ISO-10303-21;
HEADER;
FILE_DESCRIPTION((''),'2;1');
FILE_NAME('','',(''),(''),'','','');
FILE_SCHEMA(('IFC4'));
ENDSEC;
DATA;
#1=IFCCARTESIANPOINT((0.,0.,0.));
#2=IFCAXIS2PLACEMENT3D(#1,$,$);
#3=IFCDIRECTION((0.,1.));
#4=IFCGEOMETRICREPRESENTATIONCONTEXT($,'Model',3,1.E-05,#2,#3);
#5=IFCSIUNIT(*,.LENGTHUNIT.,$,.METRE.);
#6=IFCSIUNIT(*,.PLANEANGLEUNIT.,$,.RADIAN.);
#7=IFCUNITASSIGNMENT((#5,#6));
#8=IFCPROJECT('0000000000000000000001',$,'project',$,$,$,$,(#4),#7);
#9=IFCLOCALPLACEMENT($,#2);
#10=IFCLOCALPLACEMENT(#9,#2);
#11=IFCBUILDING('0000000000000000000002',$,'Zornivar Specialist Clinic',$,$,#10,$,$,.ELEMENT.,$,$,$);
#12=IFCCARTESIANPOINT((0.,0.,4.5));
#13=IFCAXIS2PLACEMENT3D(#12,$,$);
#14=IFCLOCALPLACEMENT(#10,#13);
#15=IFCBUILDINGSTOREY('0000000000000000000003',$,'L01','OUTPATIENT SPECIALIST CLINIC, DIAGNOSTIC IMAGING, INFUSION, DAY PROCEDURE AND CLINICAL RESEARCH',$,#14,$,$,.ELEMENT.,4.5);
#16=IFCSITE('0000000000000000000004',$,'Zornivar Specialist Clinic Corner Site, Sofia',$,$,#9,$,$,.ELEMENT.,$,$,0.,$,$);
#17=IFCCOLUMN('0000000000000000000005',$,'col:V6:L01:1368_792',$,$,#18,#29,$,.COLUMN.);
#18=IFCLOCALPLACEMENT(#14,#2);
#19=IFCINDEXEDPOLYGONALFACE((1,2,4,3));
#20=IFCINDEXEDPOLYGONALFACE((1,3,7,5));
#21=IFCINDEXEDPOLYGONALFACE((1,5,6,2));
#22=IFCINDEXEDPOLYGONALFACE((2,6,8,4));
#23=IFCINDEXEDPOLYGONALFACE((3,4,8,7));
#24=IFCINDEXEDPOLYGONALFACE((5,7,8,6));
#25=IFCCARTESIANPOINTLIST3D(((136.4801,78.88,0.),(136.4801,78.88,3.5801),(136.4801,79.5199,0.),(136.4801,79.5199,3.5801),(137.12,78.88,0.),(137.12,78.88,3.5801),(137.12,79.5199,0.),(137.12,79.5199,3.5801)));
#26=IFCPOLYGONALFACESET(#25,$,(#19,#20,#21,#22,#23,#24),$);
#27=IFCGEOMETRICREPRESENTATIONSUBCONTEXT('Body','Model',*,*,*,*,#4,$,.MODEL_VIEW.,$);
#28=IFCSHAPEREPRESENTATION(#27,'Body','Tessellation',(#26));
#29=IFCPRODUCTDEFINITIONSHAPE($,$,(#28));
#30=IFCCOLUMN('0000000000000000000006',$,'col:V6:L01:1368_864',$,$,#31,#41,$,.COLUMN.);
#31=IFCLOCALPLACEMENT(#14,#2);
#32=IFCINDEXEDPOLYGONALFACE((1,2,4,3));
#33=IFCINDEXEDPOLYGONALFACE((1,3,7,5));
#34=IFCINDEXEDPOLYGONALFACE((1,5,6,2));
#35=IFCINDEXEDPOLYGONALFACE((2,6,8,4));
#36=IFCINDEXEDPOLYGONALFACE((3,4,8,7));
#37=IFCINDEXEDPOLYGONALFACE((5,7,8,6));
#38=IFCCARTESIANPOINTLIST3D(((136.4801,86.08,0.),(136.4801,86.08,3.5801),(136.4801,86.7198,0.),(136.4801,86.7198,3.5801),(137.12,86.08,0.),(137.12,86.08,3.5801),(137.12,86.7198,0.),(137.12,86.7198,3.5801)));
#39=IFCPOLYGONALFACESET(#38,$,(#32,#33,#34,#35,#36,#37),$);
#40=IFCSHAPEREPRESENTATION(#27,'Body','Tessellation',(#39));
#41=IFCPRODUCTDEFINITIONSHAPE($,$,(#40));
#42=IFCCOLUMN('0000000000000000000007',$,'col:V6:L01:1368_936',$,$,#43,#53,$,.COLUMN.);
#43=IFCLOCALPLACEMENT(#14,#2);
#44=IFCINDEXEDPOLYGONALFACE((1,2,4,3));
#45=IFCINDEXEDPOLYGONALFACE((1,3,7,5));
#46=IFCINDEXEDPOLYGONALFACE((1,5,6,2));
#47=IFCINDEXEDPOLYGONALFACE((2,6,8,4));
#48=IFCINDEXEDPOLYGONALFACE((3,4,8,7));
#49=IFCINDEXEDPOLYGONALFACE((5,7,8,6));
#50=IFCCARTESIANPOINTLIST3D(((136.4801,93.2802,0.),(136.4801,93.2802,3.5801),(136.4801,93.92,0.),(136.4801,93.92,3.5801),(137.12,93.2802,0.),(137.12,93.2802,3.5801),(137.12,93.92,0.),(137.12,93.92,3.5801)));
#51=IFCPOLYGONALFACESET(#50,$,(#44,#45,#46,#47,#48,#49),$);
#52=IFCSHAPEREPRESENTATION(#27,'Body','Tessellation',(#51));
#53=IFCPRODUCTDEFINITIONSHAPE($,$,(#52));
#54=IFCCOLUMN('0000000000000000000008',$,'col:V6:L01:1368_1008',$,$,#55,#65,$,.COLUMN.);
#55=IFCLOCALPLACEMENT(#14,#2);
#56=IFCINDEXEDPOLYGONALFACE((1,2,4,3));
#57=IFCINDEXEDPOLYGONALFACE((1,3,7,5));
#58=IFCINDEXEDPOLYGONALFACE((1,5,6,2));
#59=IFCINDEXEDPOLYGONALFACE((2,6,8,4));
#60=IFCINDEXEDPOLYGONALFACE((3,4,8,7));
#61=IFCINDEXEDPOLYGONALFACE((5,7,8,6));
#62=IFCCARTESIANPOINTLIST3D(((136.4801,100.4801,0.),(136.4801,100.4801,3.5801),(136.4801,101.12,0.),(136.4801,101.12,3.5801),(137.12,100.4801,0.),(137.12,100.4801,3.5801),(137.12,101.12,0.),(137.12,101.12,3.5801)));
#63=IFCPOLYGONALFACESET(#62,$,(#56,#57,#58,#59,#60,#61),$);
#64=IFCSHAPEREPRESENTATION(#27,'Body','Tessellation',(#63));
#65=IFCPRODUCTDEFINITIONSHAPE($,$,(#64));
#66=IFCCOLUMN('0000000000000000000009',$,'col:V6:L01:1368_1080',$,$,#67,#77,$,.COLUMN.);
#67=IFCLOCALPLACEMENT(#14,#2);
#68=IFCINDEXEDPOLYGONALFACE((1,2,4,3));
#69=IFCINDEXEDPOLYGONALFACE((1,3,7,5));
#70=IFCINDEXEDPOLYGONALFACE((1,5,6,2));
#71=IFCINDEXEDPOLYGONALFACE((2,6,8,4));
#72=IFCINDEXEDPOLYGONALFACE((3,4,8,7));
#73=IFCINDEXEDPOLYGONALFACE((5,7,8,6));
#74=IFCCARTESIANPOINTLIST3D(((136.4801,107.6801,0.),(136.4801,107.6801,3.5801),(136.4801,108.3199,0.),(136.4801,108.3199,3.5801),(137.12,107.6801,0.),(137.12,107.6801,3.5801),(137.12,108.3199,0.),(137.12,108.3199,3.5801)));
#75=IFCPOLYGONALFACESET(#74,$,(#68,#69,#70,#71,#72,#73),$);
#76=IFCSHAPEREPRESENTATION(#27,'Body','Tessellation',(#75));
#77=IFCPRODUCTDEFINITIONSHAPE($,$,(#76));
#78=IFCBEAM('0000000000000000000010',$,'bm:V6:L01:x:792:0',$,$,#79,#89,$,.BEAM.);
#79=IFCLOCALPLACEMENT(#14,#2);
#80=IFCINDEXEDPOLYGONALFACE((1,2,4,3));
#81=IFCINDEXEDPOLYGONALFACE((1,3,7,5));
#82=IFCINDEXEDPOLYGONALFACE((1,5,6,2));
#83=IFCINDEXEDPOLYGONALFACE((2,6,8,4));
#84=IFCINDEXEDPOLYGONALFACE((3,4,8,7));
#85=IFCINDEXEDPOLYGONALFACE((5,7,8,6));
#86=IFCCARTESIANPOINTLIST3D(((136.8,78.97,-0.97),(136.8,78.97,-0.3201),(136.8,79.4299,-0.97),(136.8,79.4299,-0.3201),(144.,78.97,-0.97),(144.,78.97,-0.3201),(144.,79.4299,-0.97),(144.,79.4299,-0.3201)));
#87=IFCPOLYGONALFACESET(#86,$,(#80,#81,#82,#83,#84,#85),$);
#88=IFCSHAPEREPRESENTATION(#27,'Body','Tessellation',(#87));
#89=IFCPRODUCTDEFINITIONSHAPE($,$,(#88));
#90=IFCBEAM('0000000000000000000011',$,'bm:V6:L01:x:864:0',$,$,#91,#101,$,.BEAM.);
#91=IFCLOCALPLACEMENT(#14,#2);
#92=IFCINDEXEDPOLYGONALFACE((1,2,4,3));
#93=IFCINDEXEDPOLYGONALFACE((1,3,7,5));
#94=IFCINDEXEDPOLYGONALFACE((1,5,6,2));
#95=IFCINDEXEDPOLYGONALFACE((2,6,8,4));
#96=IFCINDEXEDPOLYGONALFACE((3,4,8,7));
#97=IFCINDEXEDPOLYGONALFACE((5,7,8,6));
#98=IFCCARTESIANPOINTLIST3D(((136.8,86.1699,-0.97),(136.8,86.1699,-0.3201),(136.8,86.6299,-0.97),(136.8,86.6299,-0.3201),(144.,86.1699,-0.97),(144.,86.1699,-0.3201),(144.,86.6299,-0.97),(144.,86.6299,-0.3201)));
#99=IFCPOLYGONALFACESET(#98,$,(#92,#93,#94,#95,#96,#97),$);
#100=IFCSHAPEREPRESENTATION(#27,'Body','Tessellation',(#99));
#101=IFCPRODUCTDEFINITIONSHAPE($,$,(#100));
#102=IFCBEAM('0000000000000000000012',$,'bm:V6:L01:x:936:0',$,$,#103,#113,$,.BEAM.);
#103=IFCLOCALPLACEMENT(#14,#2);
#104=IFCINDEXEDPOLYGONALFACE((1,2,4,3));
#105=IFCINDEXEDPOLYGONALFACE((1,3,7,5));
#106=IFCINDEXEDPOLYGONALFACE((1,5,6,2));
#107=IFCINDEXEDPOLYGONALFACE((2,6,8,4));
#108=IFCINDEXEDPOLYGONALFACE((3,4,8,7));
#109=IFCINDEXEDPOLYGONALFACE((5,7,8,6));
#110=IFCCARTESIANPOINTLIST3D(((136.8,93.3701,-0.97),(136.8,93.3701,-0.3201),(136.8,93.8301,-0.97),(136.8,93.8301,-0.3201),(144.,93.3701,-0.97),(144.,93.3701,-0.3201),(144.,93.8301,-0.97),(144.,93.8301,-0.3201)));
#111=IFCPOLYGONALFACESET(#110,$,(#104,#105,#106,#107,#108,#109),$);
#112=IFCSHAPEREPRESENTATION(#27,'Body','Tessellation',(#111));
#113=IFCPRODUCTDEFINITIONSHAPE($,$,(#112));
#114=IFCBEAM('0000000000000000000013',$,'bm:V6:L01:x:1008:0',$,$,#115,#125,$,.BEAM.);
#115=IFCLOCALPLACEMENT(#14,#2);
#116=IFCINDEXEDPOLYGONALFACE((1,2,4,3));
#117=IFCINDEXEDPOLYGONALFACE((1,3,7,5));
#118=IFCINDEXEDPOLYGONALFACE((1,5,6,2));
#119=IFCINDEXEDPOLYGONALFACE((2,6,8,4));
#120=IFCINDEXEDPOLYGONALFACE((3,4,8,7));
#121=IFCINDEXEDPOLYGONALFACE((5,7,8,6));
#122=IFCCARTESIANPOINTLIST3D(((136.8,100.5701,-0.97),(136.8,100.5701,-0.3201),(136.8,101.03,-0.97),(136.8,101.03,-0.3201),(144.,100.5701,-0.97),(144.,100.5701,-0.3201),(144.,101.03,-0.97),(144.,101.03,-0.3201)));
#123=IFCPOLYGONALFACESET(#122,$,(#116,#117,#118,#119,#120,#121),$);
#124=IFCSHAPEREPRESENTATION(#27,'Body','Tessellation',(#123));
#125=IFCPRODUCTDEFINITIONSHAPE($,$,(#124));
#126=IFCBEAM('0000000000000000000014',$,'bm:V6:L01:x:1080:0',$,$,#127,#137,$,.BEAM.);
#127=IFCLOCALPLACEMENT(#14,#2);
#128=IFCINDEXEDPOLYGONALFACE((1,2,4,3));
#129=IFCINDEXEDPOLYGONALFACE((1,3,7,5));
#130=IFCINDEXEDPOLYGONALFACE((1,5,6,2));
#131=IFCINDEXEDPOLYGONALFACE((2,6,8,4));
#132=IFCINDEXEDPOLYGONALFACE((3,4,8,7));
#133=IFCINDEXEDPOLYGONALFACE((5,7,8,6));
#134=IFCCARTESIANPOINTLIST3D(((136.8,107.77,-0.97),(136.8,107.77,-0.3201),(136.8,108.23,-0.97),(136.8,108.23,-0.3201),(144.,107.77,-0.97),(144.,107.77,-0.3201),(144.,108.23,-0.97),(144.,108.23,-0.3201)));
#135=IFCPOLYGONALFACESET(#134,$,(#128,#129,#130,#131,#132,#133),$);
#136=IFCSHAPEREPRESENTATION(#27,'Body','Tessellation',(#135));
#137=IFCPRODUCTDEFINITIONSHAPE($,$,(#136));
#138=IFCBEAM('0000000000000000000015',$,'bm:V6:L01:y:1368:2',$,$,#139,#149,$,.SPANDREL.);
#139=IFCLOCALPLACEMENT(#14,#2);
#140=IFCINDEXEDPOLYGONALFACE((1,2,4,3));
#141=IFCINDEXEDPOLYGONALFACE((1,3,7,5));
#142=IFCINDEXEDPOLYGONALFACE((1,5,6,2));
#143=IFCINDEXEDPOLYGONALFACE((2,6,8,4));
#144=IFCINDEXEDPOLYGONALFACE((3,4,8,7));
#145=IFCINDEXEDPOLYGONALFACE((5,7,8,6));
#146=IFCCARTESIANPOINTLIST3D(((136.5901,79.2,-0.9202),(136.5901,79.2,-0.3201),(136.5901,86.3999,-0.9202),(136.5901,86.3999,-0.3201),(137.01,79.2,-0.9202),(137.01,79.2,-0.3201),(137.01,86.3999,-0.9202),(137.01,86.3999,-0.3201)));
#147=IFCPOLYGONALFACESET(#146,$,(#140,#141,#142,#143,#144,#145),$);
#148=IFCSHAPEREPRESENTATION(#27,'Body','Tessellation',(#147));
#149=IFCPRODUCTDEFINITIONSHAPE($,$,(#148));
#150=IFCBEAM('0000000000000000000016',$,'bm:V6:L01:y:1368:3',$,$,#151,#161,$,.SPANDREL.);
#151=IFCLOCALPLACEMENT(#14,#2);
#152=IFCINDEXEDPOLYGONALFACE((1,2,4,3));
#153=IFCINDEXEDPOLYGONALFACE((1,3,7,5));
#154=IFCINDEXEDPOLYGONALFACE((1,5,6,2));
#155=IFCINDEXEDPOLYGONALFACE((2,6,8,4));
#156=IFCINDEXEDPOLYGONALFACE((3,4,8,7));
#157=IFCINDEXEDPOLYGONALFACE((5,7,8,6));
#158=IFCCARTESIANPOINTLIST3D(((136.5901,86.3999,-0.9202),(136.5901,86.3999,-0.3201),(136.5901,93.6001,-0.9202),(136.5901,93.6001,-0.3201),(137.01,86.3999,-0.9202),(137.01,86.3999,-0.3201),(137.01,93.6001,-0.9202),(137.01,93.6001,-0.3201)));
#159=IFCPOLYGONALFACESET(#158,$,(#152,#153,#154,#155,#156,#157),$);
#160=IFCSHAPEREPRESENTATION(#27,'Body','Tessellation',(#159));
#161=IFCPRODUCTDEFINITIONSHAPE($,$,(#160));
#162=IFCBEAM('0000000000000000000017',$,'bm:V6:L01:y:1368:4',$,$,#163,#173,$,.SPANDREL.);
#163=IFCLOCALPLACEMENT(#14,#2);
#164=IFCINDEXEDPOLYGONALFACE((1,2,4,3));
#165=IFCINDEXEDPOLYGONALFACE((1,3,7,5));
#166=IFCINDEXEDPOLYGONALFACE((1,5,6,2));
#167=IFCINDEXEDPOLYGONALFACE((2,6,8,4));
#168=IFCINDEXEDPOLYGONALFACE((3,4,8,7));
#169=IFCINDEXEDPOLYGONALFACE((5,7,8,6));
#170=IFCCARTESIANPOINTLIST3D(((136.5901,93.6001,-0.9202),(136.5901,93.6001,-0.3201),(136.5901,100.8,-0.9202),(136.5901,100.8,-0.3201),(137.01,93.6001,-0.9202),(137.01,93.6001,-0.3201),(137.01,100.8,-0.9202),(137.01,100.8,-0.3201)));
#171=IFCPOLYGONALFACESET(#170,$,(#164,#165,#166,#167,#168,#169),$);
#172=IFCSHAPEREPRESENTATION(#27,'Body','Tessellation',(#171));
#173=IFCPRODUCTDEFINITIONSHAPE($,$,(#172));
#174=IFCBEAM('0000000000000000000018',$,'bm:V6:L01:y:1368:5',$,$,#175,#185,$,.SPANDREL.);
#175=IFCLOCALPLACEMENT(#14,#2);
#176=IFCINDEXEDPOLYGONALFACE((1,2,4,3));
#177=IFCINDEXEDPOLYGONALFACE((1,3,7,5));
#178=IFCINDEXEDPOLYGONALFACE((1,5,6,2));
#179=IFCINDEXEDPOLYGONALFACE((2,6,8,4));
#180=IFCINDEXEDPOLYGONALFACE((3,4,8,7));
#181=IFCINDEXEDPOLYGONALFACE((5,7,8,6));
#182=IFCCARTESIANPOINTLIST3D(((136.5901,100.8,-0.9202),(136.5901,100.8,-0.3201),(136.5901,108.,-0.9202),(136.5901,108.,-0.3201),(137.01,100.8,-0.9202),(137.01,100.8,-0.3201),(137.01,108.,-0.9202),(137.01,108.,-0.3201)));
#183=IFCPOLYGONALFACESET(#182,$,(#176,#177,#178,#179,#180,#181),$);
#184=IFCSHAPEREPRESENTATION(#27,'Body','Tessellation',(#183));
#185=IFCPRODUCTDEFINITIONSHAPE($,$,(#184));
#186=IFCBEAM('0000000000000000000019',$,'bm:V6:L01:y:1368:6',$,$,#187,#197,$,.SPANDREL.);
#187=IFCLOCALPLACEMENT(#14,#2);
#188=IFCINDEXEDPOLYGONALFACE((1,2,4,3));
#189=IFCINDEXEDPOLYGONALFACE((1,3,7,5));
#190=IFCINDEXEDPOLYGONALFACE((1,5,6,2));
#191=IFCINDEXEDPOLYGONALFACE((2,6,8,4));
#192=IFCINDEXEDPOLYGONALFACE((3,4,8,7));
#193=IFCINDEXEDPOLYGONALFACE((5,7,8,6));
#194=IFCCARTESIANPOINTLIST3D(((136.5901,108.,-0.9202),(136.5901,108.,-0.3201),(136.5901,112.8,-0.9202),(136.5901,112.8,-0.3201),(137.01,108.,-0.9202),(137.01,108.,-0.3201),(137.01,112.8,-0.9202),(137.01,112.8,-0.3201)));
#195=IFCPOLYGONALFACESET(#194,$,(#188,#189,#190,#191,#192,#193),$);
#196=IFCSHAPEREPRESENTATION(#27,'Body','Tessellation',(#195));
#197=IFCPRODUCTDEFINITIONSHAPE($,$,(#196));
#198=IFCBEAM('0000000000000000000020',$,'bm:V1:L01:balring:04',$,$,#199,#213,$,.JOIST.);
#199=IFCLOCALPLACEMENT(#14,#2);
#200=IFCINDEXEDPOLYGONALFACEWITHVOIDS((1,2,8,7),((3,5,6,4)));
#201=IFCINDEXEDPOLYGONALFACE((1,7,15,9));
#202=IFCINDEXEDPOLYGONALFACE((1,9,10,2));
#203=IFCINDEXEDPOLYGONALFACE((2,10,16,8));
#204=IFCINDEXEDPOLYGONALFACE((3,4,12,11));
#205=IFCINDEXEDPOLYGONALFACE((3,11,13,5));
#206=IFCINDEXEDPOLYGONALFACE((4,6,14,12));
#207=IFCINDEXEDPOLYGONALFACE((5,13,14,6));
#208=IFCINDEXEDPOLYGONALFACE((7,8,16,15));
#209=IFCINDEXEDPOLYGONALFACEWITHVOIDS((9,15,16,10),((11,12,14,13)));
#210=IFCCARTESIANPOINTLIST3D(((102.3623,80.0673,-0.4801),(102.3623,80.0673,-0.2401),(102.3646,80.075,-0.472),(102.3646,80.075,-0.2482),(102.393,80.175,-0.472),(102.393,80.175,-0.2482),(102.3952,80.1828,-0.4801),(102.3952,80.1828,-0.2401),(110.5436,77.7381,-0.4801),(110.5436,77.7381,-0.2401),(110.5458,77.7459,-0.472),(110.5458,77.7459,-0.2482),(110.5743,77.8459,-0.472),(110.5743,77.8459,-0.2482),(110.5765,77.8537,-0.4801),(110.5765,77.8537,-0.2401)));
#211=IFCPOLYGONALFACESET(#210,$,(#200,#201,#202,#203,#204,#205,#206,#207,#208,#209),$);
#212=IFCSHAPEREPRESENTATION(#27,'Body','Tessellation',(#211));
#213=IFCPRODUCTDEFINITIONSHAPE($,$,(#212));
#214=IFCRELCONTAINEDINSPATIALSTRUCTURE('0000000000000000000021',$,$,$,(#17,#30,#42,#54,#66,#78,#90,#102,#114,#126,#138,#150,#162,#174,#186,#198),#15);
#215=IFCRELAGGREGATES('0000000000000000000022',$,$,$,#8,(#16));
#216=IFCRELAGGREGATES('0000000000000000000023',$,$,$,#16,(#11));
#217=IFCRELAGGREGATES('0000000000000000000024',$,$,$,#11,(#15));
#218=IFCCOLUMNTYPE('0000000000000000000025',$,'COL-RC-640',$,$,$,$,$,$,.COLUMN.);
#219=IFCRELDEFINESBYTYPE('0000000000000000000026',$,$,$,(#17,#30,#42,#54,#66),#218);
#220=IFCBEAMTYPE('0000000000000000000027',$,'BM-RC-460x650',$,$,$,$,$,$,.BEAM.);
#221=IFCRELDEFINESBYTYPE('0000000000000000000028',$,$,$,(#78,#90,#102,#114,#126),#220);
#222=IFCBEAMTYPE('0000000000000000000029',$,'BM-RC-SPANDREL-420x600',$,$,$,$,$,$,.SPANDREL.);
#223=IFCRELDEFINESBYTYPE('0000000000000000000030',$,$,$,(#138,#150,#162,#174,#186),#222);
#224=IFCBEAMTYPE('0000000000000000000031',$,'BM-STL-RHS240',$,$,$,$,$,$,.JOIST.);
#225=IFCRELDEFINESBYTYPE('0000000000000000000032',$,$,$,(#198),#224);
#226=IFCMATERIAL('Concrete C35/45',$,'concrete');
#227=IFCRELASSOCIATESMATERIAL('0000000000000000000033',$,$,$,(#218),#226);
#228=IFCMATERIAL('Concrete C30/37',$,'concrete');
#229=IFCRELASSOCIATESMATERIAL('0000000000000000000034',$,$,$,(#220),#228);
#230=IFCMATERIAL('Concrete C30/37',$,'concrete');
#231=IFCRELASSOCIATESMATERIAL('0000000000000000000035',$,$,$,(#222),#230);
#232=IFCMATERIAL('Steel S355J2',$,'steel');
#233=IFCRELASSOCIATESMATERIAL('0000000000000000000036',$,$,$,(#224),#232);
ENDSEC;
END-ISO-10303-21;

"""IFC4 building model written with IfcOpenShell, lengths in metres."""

from ifc_helpers import new_model, si_unit, direction, frame, origin, origin_2d, place, context, subcontext, project, spatial, rectangle, hollow_rectangle, extrude, material, material_profile, profile_set, type_object, element, save


model = new_model("IFC4")

# Units and contexts
model_context = context("Model", 3, precision=1e-05, world=origin(), true_north=direction((0.0, 1.0)))
body_context = subcontext(model_context, "Body", "Model", "MODEL_VIEW")
ifc_project = project(units=[si_unit("LENGTHUNIT", "METRE"), si_unit("PLANEANGLEUNIT", "RADIAN")], contexts=[model_context])

# Site, building, storey
site_placement = place(None, origin())
site = spatial("IfcSite", under=ifc_project, at=site_placement, Name="Zornivar Specialist Clinic Corner Site, Sofia", CompositionType="ELEMENT", RefElevation=0.0)
building_placement = place(site_placement, origin())
building = spatial("IfcBuilding", under=site, at=building_placement, Name="Zornivar Specialist Clinic", CompositionType="ELEMENT")
storey_placement = place(building_placement, frame((0.0, 0.0, 4.5)))
storey = spatial("IfcBuildingStorey", under=building, at=storey_placement, Name="L01", Description="OUTPATIENT SPECIALIST CLINIC, DIAGNOSTIC IMAGING, INFUSION, DAY PROCEDURE AND CLINICAL RESEARCH", CompositionType="ELEMENT", Elevation=4.5)

# Columns
ifc_material_1 = material(Name="Concrete C35/45", Category="concrete")
ifc_material_profile_1 = material_profile(ifc_material_1, rectangle(XDim=0.6399, YDim=0.6399, at=origin_2d()), Name="RC 640x640")
ifc_profile_set_1 = profile_set([ifc_material_profile_1], Name="Concrete C35/45")
column_type = type_object("IfcColumnType", Name="COL-RC-640", PredefinedType="COLUMN", material=ifc_profile_set_1)
for number, where, z_axis, x_axis, name in (
    (1, (136.8, 79.2, 0.0), (0.0, 0.0, 1.0), (1.0, 0.0, 0.0), "col:V6:L01:1368_792"),
    (2, (136.8, 86.3999, 0.0), (0.0, 0.0, 1.0), (1.0, 0.0, 0.0), "col:V6:L01:1368_864"),
    (3, (136.8, 93.6001, 0.0), (0.0, 0.0, 1.0), (1.0, 0.0, 0.0), "col:V6:L01:1368_936"),
    (4, (136.8, 100.8, 0.0), (0.0, 0.0, 1.0), (1.0, 0.0, 0.0), "col:V6:L01:1368_1008"),
    (5, (136.8, 108.0, 0.0), (0.0, 0.0, 1.0), (1.0, 0.0, 0.0), "col:V6:L01:1368_1080"),
):
    element("IfcColumn", number, at=place(storey_placement, frame(where, z_axis=z_axis, x_axis=x_axis)), inside=storey, type_object=column_type, Name=name, PredefinedType="COLUMN", context=body_context, shape_type="SweptSolid", body=[
        extrude(rectangle(XDim=0.6399, YDim=0.6399, at=origin_2d()), origin(), (0.0, 0.0, 1.0), 3.5801),
    ])

# Beams
ifc_material_2 = material(Name="Concrete C30/37", Category="concrete")
ifc_material_profile_2 = material_profile(ifc_material_2, rectangle(XDim=0.46, YDim=0.6499, at=origin_2d()), Name="RC 460x650")
ifc_profile_set_2 = profile_set([ifc_material_profile_2], Name="Concrete C30/37")
beam_type_1 = type_object("IfcBeamType", Name="BM-RC-460x650", PredefinedType="BEAM", material=ifc_profile_set_2)
for number, where, z_axis, x_axis, name in (
    (6, (136.8, 79.2, -0.645), (1.0, 0.0, 0.0), (0.0, 1.0, 0.0), "bm:V6:L01:x:792:0"),
    (7, (136.8, 86.3999, -0.645), (1.0, 0.0, 0.0), (0.0, 1.0, 0.0), "bm:V6:L01:x:864:0"),
    (8, (136.8, 93.6001, -0.645), (1.0, 0.0, 0.0), (0.0, 1.0, 0.0), "bm:V6:L01:x:936:0"),
    (9, (136.8, 100.8, -0.645), (1.0, 0.0, 0.0), (0.0, 1.0, 0.0), "bm:V6:L01:x:1008:0"),
    (10, (136.8, 108.0, -0.645), (1.0, 0.0, 0.0), (0.0, 1.0, 0.0), "bm:V6:L01:x:1080:0"),
):
    element("IfcBeam", number, at=place(storey_placement, frame(where, z_axis=z_axis, x_axis=x_axis)), inside=storey, type_object=beam_type_1, Name=name, PredefinedType="BEAM", context=body_context, shape_type="SweptSolid", body=[
        extrude(rectangle(XDim=0.46, YDim=0.6499, at=origin_2d()), origin(), (0.0, 0.0, 1.0), 7.2),
    ])
ifc_material_3 = material(Name="Concrete C30/37", Category="concrete")
ifc_material_profile_3 = material_profile(ifc_material_3, rectangle(XDim=0.4199, YDim=0.6001, at=origin_2d()), Name="RC 420x600")
ifc_profile_set_3 = profile_set([ifc_material_profile_3], Name="Concrete C30/37")
beam_type_2 = type_object("IfcBeamType", Name="BM-RC-SPANDREL-420x600", PredefinedType="SPANDREL", material=ifc_profile_set_3)
beam_1_placement = place(storey_placement, frame((136.8, 79.2, -0.6201), z_axis=(0.0, 1.0, 0.0), x_axis=(-1.0, 0.0, 0.0)))
element("IfcBeam", 11, at=beam_1_placement, inside=storey, type_object=beam_type_2, Name="bm:V6:L01:y:1368:2", PredefinedType="SPANDREL", context=body_context, shape_type="SweptSolid", body=[
    extrude(rectangle(XDim=0.4199, YDim=0.6001, at=origin_2d()), origin(), (0.0, 0.0, 1.0), 7.2),
])
beam_2_placement = place(storey_placement, frame((136.8, 86.3999, -0.6201), z_axis=(0.0, 1.0, 0.0), x_axis=(-1.0, 0.0, 0.0)))
element("IfcBeam", 12, at=beam_2_placement, inside=storey, type_object=beam_type_2, Name="bm:V6:L01:y:1368:3", PredefinedType="SPANDREL", context=body_context, shape_type="SweptSolid", body=[
    extrude(rectangle(XDim=0.4199, YDim=0.6001, at=origin_2d()), origin(), (0.0, 0.0, 1.0), 7.2002),
])
for number, where, z_axis, x_axis, name in (
    (13, (136.8, 93.6001, -0.6201), (0.0, 1.0, 0.0), (-1.0, 0.0, 0.0), "bm:V6:L01:y:1368:4"),
    (14, (136.8, 100.8, -0.6201), (0.0, 1.0, 0.0), (-1.0, 0.0, 0.0), "bm:V6:L01:y:1368:5"),
):
    element("IfcBeam", number, at=place(storey_placement, frame(where, z_axis=z_axis, x_axis=x_axis)), inside=storey, type_object=beam_type_2, Name=name, PredefinedType="SPANDREL", context=body_context, shape_type="SweptSolid", body=[
        extrude(rectangle(XDim=0.4199, YDim=0.6001, at=origin_2d()), origin(), (0.0, 0.0, 1.0), 7.2),
    ])
beam_3_placement = place(storey_placement, frame((136.8, 108.0, -0.6201), z_axis=(0.0, 1.0, 0.0), x_axis=(-1.0, 0.0, 0.0)))
element("IfcBeam", 15, at=beam_3_placement, inside=storey, type_object=beam_type_2, Name="bm:V6:L01:y:1368:6", PredefinedType="SPANDREL", context=body_context, shape_type="SweptSolid", body=[
    extrude(rectangle(XDim=0.4199, YDim=0.6001, at=origin_2d()), origin(), (0.0, 0.0, 1.0), 4.8),
])
ifc_material_4 = material(Name="Steel S355J2", Category="steel")
ifc_material_profile_4 = material_profile(ifc_material_4, hollow_rectangle(XDim=0.1201, YDim=0.24, WallThickness=0.0081, at=origin_2d()), Name="RHS 240x120x8")
ifc_profile_set_4 = profile_set([ifc_material_profile_4], Name="Steel S355J2")
beam_type_3 = type_object("IfcBeamType", Name="BM-STL-RHS240", PredefinedType="JOIST", material=ifc_profile_set_4)
beam_4_placement = place(storey_placement, frame((110.5601, 77.7959, -0.3601), z_axis=(-0.961783, 0.273811, 0.0), x_axis=(-0.273811, -0.961783, 0.0)))
element("IfcBeam", 16, at=beam_4_placement, inside=storey, type_object=beam_type_3, Name="bm:V1:L01:balring:04", PredefinedType="JOIST", context=body_context, shape_type="SweptSolid", body=[
    extrude(hollow_rectangle(XDim=0.1201, YDim=0.24, WallThickness=0.0081, at=origin_2d()), origin(), (0.0, 0.0, 1.0), 8.5063),
])

save(model, "model.ifc")
